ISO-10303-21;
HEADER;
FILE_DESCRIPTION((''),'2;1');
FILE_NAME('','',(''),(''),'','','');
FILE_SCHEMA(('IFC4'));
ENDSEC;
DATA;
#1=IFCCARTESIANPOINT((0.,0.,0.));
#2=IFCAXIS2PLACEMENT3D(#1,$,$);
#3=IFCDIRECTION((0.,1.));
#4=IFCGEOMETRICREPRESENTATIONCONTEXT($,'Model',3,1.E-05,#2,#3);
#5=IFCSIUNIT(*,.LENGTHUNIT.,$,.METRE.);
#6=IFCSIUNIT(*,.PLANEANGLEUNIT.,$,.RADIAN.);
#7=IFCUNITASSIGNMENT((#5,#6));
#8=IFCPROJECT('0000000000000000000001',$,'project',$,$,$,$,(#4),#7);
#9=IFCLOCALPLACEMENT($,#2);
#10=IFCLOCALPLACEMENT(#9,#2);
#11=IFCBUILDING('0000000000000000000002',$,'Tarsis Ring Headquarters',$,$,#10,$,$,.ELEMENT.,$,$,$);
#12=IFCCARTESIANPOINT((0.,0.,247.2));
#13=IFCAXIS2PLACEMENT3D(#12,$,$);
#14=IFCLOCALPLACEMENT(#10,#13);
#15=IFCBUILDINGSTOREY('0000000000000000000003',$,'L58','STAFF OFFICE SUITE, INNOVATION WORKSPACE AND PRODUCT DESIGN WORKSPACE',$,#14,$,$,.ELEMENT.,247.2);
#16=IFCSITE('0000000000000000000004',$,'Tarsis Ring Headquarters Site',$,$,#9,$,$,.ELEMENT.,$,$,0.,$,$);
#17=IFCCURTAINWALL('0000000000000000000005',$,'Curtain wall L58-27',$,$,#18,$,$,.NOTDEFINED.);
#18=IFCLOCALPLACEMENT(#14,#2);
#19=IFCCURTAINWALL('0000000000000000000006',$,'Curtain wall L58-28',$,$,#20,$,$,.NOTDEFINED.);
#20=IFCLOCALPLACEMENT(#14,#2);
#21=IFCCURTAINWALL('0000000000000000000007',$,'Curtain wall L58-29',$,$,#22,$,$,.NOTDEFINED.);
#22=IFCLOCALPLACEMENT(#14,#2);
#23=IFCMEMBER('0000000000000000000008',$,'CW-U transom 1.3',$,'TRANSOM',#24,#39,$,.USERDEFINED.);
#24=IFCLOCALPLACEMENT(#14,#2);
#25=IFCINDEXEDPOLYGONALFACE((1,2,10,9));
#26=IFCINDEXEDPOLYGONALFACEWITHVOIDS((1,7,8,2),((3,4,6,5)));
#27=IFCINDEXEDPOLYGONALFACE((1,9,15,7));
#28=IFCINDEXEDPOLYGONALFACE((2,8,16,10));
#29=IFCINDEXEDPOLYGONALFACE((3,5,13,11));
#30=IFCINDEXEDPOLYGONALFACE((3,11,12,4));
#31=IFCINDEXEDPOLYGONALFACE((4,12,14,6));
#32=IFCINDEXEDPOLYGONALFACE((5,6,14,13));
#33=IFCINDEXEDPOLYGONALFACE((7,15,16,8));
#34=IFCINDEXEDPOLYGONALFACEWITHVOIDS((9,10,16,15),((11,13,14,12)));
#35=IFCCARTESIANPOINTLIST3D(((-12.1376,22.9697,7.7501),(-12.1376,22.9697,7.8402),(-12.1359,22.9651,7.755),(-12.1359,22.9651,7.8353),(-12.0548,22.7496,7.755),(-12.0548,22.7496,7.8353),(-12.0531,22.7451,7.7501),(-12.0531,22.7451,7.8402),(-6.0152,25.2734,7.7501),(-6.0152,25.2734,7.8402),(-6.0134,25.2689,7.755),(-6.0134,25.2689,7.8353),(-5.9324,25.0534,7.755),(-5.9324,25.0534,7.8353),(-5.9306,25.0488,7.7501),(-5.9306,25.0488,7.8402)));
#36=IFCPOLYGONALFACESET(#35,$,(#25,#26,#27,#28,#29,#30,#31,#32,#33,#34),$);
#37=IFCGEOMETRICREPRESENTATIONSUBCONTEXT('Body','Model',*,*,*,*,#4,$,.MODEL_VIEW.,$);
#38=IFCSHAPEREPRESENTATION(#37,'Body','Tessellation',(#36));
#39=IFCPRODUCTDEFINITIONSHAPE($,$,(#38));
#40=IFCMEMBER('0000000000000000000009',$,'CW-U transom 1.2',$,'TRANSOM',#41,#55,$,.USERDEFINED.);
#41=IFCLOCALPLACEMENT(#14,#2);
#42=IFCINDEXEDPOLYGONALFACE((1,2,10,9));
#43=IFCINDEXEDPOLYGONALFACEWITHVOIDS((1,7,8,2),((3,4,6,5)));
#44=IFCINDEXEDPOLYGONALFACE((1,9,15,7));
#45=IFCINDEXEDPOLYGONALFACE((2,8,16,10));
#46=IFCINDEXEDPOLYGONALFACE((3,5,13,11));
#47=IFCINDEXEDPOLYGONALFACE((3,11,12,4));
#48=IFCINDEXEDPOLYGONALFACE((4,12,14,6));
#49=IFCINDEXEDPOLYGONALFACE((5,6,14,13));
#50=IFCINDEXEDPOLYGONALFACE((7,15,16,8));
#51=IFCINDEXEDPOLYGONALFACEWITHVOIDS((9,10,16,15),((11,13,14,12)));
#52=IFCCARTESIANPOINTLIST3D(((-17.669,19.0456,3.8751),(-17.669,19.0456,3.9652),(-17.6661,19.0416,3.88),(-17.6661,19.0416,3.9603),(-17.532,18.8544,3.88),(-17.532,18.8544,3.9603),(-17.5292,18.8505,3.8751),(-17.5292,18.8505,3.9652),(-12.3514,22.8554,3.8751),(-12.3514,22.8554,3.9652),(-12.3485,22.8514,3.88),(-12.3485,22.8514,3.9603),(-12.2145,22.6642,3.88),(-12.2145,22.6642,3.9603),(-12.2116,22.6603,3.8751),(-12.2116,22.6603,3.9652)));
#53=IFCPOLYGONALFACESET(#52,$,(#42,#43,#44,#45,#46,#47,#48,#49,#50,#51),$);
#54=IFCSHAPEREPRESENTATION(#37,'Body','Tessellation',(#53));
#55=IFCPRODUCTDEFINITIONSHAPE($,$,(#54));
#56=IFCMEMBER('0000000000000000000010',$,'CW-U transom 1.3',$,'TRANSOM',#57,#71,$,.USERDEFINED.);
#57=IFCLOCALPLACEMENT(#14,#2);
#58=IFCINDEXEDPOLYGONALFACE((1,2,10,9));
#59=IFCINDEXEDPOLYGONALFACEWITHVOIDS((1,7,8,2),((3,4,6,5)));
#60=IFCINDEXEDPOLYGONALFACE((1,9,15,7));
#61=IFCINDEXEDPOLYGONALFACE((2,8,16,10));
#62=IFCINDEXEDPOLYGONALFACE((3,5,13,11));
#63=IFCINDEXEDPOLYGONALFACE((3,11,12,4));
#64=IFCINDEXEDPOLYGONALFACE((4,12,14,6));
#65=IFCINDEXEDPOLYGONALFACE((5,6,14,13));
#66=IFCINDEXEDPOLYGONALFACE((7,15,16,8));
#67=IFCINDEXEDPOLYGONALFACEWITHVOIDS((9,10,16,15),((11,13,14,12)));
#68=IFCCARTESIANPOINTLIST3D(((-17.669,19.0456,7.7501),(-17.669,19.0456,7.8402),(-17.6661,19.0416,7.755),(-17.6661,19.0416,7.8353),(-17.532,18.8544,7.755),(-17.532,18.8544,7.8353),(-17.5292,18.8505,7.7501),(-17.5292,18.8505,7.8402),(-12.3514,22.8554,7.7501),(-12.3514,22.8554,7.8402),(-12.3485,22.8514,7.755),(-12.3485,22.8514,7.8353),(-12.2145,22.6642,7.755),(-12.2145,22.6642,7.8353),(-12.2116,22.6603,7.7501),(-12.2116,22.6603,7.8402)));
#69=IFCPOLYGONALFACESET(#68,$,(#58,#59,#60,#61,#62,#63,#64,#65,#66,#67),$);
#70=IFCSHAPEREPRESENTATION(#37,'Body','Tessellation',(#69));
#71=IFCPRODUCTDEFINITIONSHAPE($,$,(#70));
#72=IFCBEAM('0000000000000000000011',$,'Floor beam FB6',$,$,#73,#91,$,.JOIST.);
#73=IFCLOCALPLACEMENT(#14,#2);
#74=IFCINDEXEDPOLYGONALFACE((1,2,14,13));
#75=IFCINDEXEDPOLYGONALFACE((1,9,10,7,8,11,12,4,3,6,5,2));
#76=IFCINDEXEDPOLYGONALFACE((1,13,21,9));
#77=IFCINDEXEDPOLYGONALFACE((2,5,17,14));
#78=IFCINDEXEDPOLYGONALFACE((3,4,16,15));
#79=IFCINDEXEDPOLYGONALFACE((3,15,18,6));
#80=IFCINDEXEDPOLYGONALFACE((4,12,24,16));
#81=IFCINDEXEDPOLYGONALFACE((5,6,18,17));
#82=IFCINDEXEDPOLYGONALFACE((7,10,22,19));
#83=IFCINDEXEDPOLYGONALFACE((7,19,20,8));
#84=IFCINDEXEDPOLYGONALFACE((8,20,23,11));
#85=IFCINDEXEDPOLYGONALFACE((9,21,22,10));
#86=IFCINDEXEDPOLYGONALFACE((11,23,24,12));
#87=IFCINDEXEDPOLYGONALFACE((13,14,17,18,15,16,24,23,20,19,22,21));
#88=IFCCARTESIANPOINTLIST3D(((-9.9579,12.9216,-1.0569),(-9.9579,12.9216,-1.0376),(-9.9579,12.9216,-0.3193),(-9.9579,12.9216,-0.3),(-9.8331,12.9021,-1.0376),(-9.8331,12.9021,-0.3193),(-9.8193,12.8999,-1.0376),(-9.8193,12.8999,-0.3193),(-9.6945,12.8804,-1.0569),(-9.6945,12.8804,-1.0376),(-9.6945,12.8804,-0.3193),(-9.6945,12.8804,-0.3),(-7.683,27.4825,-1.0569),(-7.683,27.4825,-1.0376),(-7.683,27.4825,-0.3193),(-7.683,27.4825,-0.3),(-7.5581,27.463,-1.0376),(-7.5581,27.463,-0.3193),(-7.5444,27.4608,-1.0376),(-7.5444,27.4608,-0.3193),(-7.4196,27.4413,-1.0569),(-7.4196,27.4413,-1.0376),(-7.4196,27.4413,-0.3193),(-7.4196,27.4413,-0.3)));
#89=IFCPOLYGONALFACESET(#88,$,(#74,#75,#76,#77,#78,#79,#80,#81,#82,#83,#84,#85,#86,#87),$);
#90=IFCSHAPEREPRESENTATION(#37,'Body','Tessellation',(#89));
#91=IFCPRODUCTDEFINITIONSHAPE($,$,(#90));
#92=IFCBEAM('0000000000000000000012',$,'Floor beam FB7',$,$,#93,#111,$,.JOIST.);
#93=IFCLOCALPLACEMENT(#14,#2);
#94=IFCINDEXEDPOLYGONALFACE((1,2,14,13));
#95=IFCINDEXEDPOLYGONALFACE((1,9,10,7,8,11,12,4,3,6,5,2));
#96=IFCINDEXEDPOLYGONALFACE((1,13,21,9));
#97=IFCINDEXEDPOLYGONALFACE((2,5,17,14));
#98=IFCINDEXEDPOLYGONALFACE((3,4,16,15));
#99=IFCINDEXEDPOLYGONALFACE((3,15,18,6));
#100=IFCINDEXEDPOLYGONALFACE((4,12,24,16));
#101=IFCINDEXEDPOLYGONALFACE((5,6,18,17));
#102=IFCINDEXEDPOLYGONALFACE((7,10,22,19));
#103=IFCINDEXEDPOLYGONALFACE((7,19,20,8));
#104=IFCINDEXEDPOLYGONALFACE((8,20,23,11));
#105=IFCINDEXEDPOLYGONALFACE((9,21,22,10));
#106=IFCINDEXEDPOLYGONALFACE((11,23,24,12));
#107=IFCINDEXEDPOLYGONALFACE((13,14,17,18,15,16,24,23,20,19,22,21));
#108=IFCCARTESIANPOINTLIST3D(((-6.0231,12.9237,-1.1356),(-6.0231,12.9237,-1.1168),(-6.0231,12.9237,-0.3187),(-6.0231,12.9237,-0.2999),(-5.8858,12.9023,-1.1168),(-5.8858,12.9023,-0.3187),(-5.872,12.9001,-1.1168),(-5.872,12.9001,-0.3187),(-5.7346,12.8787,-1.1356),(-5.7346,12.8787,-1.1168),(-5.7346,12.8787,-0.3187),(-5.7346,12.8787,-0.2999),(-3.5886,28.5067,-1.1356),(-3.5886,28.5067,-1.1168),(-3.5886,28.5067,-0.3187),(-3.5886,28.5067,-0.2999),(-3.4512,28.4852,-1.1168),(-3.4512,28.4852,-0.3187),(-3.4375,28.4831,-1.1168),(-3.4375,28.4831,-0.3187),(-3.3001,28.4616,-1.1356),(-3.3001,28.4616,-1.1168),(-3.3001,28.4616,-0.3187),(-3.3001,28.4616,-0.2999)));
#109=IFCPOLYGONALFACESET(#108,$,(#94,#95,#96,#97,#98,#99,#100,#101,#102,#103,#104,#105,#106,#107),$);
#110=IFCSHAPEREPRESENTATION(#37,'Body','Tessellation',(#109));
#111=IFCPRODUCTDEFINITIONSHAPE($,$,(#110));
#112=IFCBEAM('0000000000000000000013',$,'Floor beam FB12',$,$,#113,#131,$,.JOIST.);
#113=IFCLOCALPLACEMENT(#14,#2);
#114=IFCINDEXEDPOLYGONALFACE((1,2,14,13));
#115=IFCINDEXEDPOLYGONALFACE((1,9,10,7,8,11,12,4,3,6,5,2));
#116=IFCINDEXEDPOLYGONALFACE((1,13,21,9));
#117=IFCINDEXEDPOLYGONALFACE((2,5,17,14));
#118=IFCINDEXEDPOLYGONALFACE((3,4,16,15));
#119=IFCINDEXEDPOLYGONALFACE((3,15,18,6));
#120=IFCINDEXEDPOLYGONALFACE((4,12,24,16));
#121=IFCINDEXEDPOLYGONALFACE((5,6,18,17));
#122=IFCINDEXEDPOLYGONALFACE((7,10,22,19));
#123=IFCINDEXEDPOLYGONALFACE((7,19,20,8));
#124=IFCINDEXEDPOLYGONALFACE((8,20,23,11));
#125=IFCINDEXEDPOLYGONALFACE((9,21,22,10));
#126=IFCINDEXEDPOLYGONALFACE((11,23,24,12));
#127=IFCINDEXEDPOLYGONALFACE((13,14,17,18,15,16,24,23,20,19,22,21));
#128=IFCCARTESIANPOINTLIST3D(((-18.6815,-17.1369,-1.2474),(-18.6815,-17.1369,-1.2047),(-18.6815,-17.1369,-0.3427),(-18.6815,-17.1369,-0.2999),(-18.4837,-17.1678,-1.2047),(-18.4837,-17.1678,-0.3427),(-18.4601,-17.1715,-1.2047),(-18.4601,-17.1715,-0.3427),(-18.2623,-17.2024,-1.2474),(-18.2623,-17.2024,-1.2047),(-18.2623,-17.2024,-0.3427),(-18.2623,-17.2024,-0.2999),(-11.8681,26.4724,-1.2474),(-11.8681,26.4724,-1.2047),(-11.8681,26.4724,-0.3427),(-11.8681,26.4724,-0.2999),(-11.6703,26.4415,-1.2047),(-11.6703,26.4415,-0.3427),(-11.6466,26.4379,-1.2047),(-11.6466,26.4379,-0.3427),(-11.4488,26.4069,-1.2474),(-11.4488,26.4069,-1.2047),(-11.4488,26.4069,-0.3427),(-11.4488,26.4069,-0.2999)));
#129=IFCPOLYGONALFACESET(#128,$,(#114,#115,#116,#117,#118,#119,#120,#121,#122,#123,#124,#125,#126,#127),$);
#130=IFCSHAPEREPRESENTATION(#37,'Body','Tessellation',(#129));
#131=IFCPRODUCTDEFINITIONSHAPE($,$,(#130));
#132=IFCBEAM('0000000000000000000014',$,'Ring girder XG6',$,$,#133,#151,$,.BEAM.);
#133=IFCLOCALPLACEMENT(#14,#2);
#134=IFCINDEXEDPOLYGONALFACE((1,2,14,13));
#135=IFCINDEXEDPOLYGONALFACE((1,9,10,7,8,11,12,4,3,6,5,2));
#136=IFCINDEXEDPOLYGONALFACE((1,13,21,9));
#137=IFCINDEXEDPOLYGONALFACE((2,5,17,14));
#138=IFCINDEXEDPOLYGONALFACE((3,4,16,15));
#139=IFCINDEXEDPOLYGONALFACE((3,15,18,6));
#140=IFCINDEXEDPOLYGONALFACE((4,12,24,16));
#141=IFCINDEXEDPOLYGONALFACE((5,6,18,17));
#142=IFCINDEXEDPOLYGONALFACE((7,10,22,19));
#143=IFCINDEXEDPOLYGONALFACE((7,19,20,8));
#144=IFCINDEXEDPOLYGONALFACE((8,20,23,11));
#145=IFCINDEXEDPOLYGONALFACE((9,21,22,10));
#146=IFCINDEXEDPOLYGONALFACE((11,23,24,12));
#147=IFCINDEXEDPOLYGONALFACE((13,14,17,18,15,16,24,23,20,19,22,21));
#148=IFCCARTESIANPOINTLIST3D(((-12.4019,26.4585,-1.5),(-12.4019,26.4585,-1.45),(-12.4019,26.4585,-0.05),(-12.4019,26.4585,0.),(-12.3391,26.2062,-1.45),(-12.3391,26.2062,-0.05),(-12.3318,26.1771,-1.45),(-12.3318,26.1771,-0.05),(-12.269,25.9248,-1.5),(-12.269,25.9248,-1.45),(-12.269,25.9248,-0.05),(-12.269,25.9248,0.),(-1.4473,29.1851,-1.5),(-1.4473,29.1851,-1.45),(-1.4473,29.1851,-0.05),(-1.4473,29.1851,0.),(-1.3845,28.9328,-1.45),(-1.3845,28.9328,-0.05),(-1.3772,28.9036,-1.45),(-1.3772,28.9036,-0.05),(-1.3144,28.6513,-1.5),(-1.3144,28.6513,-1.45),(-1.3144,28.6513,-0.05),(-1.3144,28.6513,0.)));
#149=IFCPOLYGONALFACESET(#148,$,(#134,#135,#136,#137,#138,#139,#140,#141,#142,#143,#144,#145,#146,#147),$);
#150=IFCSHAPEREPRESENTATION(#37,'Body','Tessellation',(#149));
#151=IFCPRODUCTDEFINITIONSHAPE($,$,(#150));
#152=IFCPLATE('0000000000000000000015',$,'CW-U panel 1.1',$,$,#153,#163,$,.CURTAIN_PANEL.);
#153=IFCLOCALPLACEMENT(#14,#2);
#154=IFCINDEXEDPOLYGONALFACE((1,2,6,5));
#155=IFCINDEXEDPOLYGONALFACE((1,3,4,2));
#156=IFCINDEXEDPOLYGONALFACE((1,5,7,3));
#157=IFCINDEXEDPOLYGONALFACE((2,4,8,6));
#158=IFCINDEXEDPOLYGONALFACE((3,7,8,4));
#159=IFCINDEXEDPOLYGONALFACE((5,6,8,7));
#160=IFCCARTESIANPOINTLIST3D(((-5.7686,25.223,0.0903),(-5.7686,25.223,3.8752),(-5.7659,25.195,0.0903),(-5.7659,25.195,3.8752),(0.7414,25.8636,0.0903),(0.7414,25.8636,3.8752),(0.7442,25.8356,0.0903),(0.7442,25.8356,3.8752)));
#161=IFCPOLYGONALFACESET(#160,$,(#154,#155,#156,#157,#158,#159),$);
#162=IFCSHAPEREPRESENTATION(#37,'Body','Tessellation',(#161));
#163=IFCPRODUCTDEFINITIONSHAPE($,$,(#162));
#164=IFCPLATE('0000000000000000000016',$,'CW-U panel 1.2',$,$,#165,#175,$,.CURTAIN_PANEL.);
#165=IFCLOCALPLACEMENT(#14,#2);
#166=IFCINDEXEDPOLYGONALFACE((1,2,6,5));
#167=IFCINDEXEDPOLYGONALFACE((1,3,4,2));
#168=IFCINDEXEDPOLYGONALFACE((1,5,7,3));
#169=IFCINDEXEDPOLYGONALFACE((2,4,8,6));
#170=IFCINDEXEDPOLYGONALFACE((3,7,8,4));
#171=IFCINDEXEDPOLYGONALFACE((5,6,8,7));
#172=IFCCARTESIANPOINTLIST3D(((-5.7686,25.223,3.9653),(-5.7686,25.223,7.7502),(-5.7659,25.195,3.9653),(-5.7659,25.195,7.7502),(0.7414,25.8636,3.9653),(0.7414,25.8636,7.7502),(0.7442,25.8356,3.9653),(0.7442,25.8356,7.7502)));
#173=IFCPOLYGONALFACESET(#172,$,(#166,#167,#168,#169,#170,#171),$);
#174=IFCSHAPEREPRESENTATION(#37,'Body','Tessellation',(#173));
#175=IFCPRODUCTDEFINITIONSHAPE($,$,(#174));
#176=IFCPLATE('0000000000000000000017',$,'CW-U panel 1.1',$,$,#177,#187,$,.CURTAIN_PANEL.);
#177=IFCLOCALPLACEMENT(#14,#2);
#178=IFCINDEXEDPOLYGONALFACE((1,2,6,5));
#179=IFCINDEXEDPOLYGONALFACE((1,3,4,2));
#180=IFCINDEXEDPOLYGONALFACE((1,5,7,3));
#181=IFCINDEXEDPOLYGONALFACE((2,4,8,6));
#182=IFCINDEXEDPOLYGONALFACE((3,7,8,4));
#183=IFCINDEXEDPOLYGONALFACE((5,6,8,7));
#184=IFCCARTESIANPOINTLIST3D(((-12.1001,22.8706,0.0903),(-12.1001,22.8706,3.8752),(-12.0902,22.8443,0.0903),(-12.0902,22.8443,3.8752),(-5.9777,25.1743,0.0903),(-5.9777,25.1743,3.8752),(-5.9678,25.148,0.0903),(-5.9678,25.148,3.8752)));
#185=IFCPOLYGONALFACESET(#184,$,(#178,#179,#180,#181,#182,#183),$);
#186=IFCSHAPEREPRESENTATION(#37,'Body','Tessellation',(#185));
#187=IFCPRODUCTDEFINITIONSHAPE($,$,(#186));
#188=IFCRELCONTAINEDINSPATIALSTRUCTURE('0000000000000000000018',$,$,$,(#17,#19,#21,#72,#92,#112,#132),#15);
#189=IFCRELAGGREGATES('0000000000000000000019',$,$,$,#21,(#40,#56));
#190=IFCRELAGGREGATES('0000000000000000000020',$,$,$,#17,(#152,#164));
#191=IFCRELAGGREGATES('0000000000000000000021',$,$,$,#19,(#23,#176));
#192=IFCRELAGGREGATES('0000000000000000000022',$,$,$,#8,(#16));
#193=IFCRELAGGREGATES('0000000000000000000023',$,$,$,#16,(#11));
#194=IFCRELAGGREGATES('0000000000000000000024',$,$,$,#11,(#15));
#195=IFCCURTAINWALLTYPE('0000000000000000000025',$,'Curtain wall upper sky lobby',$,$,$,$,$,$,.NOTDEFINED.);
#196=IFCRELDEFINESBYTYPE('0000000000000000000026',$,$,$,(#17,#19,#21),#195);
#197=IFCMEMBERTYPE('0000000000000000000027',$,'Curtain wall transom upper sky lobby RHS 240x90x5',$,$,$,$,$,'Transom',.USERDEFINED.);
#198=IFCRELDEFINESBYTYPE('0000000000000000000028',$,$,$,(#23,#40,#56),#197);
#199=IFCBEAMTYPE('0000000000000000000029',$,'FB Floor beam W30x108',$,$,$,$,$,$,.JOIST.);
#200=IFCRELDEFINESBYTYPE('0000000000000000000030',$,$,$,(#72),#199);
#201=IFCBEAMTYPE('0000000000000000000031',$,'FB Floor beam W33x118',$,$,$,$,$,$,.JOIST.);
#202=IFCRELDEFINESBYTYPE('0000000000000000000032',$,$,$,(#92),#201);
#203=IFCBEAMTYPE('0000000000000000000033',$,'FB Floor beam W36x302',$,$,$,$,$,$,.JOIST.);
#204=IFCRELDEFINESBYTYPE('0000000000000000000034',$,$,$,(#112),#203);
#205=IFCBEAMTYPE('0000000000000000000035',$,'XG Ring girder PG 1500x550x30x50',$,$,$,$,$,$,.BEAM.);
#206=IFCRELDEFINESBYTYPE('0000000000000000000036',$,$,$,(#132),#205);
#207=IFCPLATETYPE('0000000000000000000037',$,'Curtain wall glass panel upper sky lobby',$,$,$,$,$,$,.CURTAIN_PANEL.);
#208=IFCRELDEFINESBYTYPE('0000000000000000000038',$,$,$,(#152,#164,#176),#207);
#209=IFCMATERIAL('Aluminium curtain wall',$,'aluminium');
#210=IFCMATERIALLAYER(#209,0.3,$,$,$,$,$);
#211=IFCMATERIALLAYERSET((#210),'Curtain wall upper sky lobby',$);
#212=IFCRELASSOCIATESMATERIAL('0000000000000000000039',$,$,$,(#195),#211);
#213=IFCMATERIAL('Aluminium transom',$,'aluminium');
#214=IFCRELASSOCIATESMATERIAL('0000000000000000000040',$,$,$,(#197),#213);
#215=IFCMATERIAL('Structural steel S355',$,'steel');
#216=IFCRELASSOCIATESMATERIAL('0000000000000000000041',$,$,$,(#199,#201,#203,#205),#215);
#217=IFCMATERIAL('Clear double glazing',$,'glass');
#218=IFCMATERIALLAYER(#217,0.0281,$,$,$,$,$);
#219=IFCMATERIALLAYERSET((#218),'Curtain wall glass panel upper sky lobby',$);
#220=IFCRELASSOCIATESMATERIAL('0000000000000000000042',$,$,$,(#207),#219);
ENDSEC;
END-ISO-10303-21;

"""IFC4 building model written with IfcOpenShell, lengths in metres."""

from ifc_helpers import new_model, si_unit, direction, frame, origin, origin_2d, place, context, subcontext, project, spatial, rectangle, hollow_rectangle, i_section, extrude, material, layer, layer_set, material_profile, profile_set, type_object, element, aggregate, save


model = new_model("IFC4")

# Units and contexts
model_context = context("Model", 3, precision=1e-05, world=origin(), true_north=direction((0.0, 1.0)))
body_context = subcontext(model_context, "Body", "Model", "MODEL_VIEW")
ifc_project = project(units=[si_unit("LENGTHUNIT", "METRE"), si_unit("PLANEANGLEUNIT", "RADIAN")], contexts=[model_context])

# Site, building, storey
site_placement = place(None, origin())
site = spatial("IfcSite", under=ifc_project, at=site_placement, Name="Tarsis Ring Headquarters Site", CompositionType="ELEMENT", RefElevation=0.0)
building_placement = place(site_placement, origin())
building = spatial("IfcBuilding", under=site, at=building_placement, Name="Tarsis Ring Headquarters", CompositionType="ELEMENT")
storey_placement = place(building_placement, frame((0.0, 0.0, 247.2)))
storey = spatial("IfcBuildingStorey", under=building, at=storey_placement, Name="L58", Description="STAFF OFFICE SUITE, INNOVATION WORKSPACE AND PRODUCT DESIGN WORKSPACE", CompositionType="ELEMENT", Elevation=247.2)

# Shared definitions
ifc_material_1 = material(Name="Structural steel S355", Category="steel")

# Curtain wall
ifc_material_2 = material(Name="Aluminium curtain wall", Category="aluminium")
ifc_layer_1 = layer(ifc_material_2, 0.3)
ifc_layer_set_1 = layer_set([ifc_layer_1], Name="Curtain wall upper sky lobby")
curtain_wall_type = type_object("IfcCurtainWallType", Name="Curtain wall upper sky lobby", PredefinedType="NOTDEFINED", material=ifc_layer_set_1)
curtain_wall_1_placement = place(storey_placement, origin())
curtain_wall_1 = element("IfcCurtainWall", 1, at=curtain_wall_1_placement, inside=storey, type_object=curtain_wall_type, Name="Curtain wall L58-27", PredefinedType="NOTDEFINED")

# Curtain wall
curtain_wall_2_placement = place(storey_placement, origin())
curtain_wall_2 = element("IfcCurtainWall", 2, at=curtain_wall_2_placement, inside=storey, type_object=curtain_wall_type, Name="Curtain wall L58-28", PredefinedType="NOTDEFINED")

# Curtain wall
curtain_wall_3_placement = place(storey_placement, origin())
curtain_wall_3 = element("IfcCurtainWall", 3, at=curtain_wall_3_placement, inside=storey, type_object=curtain_wall_type, Name="Curtain wall L58-29", PredefinedType="NOTDEFINED")

# Members
ifc_material_3 = material(Name="Aluminium transom", Category="aluminium")
ifc_material_profile_1 = material_profile(ifc_material_3, hollow_rectangle(XDim=0.24, YDim=0.0901, WallThickness=0.0049, at=origin_2d()), Name="RHS 240x90x5")
ifc_profile_set_1 = profile_set([ifc_material_profile_1], Name="Aluminium transom")
member_type_1 = type_object("IfcMemberType", Name="Curtain wall transom upper sky lobby RHS 240x90x5", ElementType="Transom", PredefinedType="USERDEFINED", material=ifc_profile_set_1)
member_1_placement = place(storey_placement, frame((-5.9729, 25.1611, 7.7952), z_axis=(-0.935934, -0.352174, 0.0), x_axis=(0.352174, -0.935934, 0.0)))
member_1 = element("IfcMember", 4, at=member_1_placement, type_object=member_type_1, Name="CW-U transom 1.3", ObjectType="TRANSOM", PredefinedType="USERDEFINED", context=body_context, shape_type="SweptSolid", body=[
    extrude(hollow_rectangle(XDim=0.24, YDim=0.0901, WallThickness=0.0049, at=origin_2d()), origin(), (0.0, 0.0, 1.0), 6.5415),
])
member_2_placement = place(storey_placement, frame((-12.2815, 22.7578, 3.9202), z_axis=(-0.8129, -0.582403, 0.0), x_axis=(0.582403, -0.8129, 0.0)))
member_2 = element("IfcMember", 5, at=member_2_placement, type_object=member_type_1, Name="CW-U transom 1.2", ObjectType="TRANSOM", PredefinedType="USERDEFINED", context=body_context, shape_type="SweptSolid", body=[
    extrude(hollow_rectangle(XDim=0.24, YDim=0.0901, WallThickness=0.0049, at=origin_2d()), origin(), (0.0, 0.0, 1.0), 6.5415),
])
member_3_placement = place(storey_placement, frame((-12.2815, 22.7578, 7.7952), z_axis=(-0.8129, -0.582403, 0.0), x_axis=(0.582403, -0.8129, 0.0)))
member_3 = element("IfcMember", 6, at=member_3_placement, type_object=member_type_1, Name="CW-U transom 1.3", ObjectType="TRANSOM", PredefinedType="USERDEFINED", context=body_context, shape_type="SweptSolid", body=[
    extrude(hollow_rectangle(XDim=0.24, YDim=0.0901, WallThickness=0.0049, at=origin_2d()), origin(), (0.0, 0.0, 1.0), 6.5415),
])
aggregate(curtain_wall_3, [member_2, member_3])

# Beams
ifc_material_profile_2 = material_profile(ifc_material_1, i_section(OverallWidth=0.2666, OverallDepth=0.7568, WebThickness=0.0139, FlangeThickness=0.0193, at=origin_2d()), Name="W30x108")
ifc_profile_set_2 = profile_set([ifc_material_profile_2], Name="Structural steel S355")
beam_type_1 = type_object("IfcBeamType", Name="FB Floor beam W30x108", PredefinedType="JOIST", material=ifc_profile_set_2)
beam_1_placement = place(storey_placement, frame((-7.5513, 27.4619, -0.6785), z_axis=(-0.154362, -0.988014, 0.0), x_axis=(0.988014, -0.154362, 0.0)))
element("IfcBeam", 7, at=beam_1_placement, inside=storey, type_object=beam_type_1, Name="Floor beam FB6", PredefinedType="JOIST", context=body_context, shape_type="SweptSolid", body=[
    extrude(i_section(OverallWidth=0.2666, OverallDepth=0.7568, WebThickness=0.0139, FlangeThickness=0.0193, at=origin_2d()), origin(), (0.0, 0.0, 1.0), 14.7375),
])
ifc_material_profile_3 = material_profile(ifc_material_1, i_section(OverallWidth=0.292, OverallDepth=0.8357, WebThickness=0.0139, FlangeThickness=0.0188, at=origin_2d()), Name="W33x118")
ifc_profile_set_3 = profile_set([ifc_material_profile_3], Name="Structural steel S355")
beam_type_2 = type_object("IfcBeamType", Name="FB Floor beam W33x118", PredefinedType="JOIST", material=ifc_profile_set_3)
beam_2_placement = place(storey_placement, frame((-3.4443, 28.4841, -0.7178), z_axis=(-0.15436, -0.988015, 0.0), x_axis=(0.988015, -0.15436, 0.0)))
element("IfcBeam", 8, at=beam_2_placement, inside=storey, type_object=beam_type_2, Name="Floor beam FB7", PredefinedType="JOIST", context=body_context, shape_type="SweptSolid", body=[
    extrude(i_section(OverallWidth=0.292, OverallDepth=0.8357, WebThickness=0.0139, FlangeThickness=0.0188, at=origin_2d()), origin(), (0.0, 0.0, 1.0), 15.772),
])
ifc_material_profile_4 = material_profile(ifc_material_1, i_section(OverallWidth=0.4243, OverallDepth=0.9475, WebThickness=0.0239, FlangeThickness=0.0427, at=origin_2d()), Name="W36x302")
ifc_profile_set_4 = profile_set([ifc_material_profile_4], Name="Structural steel S355")
beam_type_3 = type_object("IfcBeamType", Name="FB Floor beam W36x302", PredefinedType="JOIST", material=ifc_profile_set_4)
beam_3_placement = place(storey_placement, frame((-11.6584, 26.4397, -0.7737), z_axis=(-0.154366, -0.988014, 0.0), x_axis=(0.988014, -0.154366, 0.0)))
element("IfcBeam", 9, at=beam_3_placement, inside=storey, type_object=beam_type_3, Name="Floor beam FB12", PredefinedType="JOIST", context=body_context, shape_type="SweptSolid", body=[
    extrude(i_section(OverallWidth=0.4243, OverallDepth=0.9475, WebThickness=0.0239, FlangeThickness=0.0427, at=origin_2d()), origin(), (0.0, 0.0, 1.0), 44.1384),
])
ifc_material_profile_5 = material_profile(ifc_material_1, i_section(OverallWidth=0.55, OverallDepth=1.5, WebThickness=0.03, FlangeThickness=0.05, at=origin_2d()), Name="PG 1500x550x30x50")
ifc_profile_set_5 = profile_set([ifc_material_profile_5], Name="Structural steel S355")
beam_type_4 = type_object("IfcBeamType", Name="XG Ring girder PG 1500x550x30x50", PredefinedType="BEAM", material=ifc_profile_set_5)
beam_4_placement = place(storey_placement, frame((-1.3809, 28.9182, -0.75), z_axis=(-0.970394, -0.241528, 0.0), x_axis=(0.241528, -0.970394, 0.0)))
element("IfcBeam", 10, at=beam_4_placement, inside=storey, type_object=beam_type_4, Name="Ring girder XG6", PredefinedType="BEAM", context=body_context, shape_type="SweptSolid", body=[
    extrude(i_section(OverallWidth=0.55, OverallDepth=1.5, WebThickness=0.03, FlangeThickness=0.05, at=origin_2d()), origin(), (0.0, 0.0, 1.0), 11.2888),
])

# Plates
ifc_material_4 = material(Name="Clear double glazing", Category="glass")
ifc_layer_2 = layer(ifc_material_4, 0.0281)
ifc_layer_set_2 = layer_set([ifc_layer_2], Name="Curtain wall glass panel upper sky lobby")
plate_type = type_object("IfcPlateType", Name="Curtain wall glass panel upper sky lobby", PredefinedType="CURTAIN_PANEL", material=ifc_layer_set_2)
plate_1_placement = place(storey_placement, frame((-2.5122, 25.5293, 0.0903), z_axis=(0.0, 0.0, 1.0), x_axis=(-0.995193, -0.09793, 0.0)))
plate_1 = element("IfcPlate", 11, at=plate_1_placement, type_object=plate_type, Name="CW-U panel 1.1", PredefinedType="CURTAIN_PANEL", context=body_context, shape_type="SweptSolid", body=[
    extrude(rectangle(XDim=6.5415, YDim=0.0281, at=origin_2d()), origin(), (0.0, 0.0, 1.0), 3.7849),
])
plate_2_placement = place(storey_placement, frame((-2.5122, 25.5293, 3.9653), z_axis=(0.0, 0.0, 1.0), x_axis=(-0.995193, -0.09793, 0.0)))
plate_2 = element("IfcPlate", 12, at=plate_2_placement, type_object=plate_type, Name="CW-U panel 1.2", PredefinedType="CURTAIN_PANEL", context=body_context, shape_type="SweptSolid", body=[
    extrude(rectangle(XDim=6.5415, YDim=0.0281, at=origin_2d()), origin(), (0.0, 0.0, 1.0), 3.7849),
])
aggregate(curtain_wall_1, [plate_1, plate_2])
plate_3_placement = place(storey_placement, frame((-9.0339, 24.0093, 0.0903), z_axis=(0.0, 0.0, 1.0), x_axis=(-0.935937, -0.352168, 0.0)))
plate_3 = element("IfcPlate", 13, at=plate_3_placement, type_object=plate_type, Name="CW-U panel 1.1", PredefinedType="CURTAIN_PANEL", context=body_context, shape_type="SweptSolid", body=[
    extrude(rectangle(XDim=6.5415, YDim=0.0281, at=origin_2d()), origin(), (0.0, 0.0, 1.0), 3.7849),
])
aggregate(curtain_wall_2, [member_1, plate_3])

save(model, "model.ifc")
